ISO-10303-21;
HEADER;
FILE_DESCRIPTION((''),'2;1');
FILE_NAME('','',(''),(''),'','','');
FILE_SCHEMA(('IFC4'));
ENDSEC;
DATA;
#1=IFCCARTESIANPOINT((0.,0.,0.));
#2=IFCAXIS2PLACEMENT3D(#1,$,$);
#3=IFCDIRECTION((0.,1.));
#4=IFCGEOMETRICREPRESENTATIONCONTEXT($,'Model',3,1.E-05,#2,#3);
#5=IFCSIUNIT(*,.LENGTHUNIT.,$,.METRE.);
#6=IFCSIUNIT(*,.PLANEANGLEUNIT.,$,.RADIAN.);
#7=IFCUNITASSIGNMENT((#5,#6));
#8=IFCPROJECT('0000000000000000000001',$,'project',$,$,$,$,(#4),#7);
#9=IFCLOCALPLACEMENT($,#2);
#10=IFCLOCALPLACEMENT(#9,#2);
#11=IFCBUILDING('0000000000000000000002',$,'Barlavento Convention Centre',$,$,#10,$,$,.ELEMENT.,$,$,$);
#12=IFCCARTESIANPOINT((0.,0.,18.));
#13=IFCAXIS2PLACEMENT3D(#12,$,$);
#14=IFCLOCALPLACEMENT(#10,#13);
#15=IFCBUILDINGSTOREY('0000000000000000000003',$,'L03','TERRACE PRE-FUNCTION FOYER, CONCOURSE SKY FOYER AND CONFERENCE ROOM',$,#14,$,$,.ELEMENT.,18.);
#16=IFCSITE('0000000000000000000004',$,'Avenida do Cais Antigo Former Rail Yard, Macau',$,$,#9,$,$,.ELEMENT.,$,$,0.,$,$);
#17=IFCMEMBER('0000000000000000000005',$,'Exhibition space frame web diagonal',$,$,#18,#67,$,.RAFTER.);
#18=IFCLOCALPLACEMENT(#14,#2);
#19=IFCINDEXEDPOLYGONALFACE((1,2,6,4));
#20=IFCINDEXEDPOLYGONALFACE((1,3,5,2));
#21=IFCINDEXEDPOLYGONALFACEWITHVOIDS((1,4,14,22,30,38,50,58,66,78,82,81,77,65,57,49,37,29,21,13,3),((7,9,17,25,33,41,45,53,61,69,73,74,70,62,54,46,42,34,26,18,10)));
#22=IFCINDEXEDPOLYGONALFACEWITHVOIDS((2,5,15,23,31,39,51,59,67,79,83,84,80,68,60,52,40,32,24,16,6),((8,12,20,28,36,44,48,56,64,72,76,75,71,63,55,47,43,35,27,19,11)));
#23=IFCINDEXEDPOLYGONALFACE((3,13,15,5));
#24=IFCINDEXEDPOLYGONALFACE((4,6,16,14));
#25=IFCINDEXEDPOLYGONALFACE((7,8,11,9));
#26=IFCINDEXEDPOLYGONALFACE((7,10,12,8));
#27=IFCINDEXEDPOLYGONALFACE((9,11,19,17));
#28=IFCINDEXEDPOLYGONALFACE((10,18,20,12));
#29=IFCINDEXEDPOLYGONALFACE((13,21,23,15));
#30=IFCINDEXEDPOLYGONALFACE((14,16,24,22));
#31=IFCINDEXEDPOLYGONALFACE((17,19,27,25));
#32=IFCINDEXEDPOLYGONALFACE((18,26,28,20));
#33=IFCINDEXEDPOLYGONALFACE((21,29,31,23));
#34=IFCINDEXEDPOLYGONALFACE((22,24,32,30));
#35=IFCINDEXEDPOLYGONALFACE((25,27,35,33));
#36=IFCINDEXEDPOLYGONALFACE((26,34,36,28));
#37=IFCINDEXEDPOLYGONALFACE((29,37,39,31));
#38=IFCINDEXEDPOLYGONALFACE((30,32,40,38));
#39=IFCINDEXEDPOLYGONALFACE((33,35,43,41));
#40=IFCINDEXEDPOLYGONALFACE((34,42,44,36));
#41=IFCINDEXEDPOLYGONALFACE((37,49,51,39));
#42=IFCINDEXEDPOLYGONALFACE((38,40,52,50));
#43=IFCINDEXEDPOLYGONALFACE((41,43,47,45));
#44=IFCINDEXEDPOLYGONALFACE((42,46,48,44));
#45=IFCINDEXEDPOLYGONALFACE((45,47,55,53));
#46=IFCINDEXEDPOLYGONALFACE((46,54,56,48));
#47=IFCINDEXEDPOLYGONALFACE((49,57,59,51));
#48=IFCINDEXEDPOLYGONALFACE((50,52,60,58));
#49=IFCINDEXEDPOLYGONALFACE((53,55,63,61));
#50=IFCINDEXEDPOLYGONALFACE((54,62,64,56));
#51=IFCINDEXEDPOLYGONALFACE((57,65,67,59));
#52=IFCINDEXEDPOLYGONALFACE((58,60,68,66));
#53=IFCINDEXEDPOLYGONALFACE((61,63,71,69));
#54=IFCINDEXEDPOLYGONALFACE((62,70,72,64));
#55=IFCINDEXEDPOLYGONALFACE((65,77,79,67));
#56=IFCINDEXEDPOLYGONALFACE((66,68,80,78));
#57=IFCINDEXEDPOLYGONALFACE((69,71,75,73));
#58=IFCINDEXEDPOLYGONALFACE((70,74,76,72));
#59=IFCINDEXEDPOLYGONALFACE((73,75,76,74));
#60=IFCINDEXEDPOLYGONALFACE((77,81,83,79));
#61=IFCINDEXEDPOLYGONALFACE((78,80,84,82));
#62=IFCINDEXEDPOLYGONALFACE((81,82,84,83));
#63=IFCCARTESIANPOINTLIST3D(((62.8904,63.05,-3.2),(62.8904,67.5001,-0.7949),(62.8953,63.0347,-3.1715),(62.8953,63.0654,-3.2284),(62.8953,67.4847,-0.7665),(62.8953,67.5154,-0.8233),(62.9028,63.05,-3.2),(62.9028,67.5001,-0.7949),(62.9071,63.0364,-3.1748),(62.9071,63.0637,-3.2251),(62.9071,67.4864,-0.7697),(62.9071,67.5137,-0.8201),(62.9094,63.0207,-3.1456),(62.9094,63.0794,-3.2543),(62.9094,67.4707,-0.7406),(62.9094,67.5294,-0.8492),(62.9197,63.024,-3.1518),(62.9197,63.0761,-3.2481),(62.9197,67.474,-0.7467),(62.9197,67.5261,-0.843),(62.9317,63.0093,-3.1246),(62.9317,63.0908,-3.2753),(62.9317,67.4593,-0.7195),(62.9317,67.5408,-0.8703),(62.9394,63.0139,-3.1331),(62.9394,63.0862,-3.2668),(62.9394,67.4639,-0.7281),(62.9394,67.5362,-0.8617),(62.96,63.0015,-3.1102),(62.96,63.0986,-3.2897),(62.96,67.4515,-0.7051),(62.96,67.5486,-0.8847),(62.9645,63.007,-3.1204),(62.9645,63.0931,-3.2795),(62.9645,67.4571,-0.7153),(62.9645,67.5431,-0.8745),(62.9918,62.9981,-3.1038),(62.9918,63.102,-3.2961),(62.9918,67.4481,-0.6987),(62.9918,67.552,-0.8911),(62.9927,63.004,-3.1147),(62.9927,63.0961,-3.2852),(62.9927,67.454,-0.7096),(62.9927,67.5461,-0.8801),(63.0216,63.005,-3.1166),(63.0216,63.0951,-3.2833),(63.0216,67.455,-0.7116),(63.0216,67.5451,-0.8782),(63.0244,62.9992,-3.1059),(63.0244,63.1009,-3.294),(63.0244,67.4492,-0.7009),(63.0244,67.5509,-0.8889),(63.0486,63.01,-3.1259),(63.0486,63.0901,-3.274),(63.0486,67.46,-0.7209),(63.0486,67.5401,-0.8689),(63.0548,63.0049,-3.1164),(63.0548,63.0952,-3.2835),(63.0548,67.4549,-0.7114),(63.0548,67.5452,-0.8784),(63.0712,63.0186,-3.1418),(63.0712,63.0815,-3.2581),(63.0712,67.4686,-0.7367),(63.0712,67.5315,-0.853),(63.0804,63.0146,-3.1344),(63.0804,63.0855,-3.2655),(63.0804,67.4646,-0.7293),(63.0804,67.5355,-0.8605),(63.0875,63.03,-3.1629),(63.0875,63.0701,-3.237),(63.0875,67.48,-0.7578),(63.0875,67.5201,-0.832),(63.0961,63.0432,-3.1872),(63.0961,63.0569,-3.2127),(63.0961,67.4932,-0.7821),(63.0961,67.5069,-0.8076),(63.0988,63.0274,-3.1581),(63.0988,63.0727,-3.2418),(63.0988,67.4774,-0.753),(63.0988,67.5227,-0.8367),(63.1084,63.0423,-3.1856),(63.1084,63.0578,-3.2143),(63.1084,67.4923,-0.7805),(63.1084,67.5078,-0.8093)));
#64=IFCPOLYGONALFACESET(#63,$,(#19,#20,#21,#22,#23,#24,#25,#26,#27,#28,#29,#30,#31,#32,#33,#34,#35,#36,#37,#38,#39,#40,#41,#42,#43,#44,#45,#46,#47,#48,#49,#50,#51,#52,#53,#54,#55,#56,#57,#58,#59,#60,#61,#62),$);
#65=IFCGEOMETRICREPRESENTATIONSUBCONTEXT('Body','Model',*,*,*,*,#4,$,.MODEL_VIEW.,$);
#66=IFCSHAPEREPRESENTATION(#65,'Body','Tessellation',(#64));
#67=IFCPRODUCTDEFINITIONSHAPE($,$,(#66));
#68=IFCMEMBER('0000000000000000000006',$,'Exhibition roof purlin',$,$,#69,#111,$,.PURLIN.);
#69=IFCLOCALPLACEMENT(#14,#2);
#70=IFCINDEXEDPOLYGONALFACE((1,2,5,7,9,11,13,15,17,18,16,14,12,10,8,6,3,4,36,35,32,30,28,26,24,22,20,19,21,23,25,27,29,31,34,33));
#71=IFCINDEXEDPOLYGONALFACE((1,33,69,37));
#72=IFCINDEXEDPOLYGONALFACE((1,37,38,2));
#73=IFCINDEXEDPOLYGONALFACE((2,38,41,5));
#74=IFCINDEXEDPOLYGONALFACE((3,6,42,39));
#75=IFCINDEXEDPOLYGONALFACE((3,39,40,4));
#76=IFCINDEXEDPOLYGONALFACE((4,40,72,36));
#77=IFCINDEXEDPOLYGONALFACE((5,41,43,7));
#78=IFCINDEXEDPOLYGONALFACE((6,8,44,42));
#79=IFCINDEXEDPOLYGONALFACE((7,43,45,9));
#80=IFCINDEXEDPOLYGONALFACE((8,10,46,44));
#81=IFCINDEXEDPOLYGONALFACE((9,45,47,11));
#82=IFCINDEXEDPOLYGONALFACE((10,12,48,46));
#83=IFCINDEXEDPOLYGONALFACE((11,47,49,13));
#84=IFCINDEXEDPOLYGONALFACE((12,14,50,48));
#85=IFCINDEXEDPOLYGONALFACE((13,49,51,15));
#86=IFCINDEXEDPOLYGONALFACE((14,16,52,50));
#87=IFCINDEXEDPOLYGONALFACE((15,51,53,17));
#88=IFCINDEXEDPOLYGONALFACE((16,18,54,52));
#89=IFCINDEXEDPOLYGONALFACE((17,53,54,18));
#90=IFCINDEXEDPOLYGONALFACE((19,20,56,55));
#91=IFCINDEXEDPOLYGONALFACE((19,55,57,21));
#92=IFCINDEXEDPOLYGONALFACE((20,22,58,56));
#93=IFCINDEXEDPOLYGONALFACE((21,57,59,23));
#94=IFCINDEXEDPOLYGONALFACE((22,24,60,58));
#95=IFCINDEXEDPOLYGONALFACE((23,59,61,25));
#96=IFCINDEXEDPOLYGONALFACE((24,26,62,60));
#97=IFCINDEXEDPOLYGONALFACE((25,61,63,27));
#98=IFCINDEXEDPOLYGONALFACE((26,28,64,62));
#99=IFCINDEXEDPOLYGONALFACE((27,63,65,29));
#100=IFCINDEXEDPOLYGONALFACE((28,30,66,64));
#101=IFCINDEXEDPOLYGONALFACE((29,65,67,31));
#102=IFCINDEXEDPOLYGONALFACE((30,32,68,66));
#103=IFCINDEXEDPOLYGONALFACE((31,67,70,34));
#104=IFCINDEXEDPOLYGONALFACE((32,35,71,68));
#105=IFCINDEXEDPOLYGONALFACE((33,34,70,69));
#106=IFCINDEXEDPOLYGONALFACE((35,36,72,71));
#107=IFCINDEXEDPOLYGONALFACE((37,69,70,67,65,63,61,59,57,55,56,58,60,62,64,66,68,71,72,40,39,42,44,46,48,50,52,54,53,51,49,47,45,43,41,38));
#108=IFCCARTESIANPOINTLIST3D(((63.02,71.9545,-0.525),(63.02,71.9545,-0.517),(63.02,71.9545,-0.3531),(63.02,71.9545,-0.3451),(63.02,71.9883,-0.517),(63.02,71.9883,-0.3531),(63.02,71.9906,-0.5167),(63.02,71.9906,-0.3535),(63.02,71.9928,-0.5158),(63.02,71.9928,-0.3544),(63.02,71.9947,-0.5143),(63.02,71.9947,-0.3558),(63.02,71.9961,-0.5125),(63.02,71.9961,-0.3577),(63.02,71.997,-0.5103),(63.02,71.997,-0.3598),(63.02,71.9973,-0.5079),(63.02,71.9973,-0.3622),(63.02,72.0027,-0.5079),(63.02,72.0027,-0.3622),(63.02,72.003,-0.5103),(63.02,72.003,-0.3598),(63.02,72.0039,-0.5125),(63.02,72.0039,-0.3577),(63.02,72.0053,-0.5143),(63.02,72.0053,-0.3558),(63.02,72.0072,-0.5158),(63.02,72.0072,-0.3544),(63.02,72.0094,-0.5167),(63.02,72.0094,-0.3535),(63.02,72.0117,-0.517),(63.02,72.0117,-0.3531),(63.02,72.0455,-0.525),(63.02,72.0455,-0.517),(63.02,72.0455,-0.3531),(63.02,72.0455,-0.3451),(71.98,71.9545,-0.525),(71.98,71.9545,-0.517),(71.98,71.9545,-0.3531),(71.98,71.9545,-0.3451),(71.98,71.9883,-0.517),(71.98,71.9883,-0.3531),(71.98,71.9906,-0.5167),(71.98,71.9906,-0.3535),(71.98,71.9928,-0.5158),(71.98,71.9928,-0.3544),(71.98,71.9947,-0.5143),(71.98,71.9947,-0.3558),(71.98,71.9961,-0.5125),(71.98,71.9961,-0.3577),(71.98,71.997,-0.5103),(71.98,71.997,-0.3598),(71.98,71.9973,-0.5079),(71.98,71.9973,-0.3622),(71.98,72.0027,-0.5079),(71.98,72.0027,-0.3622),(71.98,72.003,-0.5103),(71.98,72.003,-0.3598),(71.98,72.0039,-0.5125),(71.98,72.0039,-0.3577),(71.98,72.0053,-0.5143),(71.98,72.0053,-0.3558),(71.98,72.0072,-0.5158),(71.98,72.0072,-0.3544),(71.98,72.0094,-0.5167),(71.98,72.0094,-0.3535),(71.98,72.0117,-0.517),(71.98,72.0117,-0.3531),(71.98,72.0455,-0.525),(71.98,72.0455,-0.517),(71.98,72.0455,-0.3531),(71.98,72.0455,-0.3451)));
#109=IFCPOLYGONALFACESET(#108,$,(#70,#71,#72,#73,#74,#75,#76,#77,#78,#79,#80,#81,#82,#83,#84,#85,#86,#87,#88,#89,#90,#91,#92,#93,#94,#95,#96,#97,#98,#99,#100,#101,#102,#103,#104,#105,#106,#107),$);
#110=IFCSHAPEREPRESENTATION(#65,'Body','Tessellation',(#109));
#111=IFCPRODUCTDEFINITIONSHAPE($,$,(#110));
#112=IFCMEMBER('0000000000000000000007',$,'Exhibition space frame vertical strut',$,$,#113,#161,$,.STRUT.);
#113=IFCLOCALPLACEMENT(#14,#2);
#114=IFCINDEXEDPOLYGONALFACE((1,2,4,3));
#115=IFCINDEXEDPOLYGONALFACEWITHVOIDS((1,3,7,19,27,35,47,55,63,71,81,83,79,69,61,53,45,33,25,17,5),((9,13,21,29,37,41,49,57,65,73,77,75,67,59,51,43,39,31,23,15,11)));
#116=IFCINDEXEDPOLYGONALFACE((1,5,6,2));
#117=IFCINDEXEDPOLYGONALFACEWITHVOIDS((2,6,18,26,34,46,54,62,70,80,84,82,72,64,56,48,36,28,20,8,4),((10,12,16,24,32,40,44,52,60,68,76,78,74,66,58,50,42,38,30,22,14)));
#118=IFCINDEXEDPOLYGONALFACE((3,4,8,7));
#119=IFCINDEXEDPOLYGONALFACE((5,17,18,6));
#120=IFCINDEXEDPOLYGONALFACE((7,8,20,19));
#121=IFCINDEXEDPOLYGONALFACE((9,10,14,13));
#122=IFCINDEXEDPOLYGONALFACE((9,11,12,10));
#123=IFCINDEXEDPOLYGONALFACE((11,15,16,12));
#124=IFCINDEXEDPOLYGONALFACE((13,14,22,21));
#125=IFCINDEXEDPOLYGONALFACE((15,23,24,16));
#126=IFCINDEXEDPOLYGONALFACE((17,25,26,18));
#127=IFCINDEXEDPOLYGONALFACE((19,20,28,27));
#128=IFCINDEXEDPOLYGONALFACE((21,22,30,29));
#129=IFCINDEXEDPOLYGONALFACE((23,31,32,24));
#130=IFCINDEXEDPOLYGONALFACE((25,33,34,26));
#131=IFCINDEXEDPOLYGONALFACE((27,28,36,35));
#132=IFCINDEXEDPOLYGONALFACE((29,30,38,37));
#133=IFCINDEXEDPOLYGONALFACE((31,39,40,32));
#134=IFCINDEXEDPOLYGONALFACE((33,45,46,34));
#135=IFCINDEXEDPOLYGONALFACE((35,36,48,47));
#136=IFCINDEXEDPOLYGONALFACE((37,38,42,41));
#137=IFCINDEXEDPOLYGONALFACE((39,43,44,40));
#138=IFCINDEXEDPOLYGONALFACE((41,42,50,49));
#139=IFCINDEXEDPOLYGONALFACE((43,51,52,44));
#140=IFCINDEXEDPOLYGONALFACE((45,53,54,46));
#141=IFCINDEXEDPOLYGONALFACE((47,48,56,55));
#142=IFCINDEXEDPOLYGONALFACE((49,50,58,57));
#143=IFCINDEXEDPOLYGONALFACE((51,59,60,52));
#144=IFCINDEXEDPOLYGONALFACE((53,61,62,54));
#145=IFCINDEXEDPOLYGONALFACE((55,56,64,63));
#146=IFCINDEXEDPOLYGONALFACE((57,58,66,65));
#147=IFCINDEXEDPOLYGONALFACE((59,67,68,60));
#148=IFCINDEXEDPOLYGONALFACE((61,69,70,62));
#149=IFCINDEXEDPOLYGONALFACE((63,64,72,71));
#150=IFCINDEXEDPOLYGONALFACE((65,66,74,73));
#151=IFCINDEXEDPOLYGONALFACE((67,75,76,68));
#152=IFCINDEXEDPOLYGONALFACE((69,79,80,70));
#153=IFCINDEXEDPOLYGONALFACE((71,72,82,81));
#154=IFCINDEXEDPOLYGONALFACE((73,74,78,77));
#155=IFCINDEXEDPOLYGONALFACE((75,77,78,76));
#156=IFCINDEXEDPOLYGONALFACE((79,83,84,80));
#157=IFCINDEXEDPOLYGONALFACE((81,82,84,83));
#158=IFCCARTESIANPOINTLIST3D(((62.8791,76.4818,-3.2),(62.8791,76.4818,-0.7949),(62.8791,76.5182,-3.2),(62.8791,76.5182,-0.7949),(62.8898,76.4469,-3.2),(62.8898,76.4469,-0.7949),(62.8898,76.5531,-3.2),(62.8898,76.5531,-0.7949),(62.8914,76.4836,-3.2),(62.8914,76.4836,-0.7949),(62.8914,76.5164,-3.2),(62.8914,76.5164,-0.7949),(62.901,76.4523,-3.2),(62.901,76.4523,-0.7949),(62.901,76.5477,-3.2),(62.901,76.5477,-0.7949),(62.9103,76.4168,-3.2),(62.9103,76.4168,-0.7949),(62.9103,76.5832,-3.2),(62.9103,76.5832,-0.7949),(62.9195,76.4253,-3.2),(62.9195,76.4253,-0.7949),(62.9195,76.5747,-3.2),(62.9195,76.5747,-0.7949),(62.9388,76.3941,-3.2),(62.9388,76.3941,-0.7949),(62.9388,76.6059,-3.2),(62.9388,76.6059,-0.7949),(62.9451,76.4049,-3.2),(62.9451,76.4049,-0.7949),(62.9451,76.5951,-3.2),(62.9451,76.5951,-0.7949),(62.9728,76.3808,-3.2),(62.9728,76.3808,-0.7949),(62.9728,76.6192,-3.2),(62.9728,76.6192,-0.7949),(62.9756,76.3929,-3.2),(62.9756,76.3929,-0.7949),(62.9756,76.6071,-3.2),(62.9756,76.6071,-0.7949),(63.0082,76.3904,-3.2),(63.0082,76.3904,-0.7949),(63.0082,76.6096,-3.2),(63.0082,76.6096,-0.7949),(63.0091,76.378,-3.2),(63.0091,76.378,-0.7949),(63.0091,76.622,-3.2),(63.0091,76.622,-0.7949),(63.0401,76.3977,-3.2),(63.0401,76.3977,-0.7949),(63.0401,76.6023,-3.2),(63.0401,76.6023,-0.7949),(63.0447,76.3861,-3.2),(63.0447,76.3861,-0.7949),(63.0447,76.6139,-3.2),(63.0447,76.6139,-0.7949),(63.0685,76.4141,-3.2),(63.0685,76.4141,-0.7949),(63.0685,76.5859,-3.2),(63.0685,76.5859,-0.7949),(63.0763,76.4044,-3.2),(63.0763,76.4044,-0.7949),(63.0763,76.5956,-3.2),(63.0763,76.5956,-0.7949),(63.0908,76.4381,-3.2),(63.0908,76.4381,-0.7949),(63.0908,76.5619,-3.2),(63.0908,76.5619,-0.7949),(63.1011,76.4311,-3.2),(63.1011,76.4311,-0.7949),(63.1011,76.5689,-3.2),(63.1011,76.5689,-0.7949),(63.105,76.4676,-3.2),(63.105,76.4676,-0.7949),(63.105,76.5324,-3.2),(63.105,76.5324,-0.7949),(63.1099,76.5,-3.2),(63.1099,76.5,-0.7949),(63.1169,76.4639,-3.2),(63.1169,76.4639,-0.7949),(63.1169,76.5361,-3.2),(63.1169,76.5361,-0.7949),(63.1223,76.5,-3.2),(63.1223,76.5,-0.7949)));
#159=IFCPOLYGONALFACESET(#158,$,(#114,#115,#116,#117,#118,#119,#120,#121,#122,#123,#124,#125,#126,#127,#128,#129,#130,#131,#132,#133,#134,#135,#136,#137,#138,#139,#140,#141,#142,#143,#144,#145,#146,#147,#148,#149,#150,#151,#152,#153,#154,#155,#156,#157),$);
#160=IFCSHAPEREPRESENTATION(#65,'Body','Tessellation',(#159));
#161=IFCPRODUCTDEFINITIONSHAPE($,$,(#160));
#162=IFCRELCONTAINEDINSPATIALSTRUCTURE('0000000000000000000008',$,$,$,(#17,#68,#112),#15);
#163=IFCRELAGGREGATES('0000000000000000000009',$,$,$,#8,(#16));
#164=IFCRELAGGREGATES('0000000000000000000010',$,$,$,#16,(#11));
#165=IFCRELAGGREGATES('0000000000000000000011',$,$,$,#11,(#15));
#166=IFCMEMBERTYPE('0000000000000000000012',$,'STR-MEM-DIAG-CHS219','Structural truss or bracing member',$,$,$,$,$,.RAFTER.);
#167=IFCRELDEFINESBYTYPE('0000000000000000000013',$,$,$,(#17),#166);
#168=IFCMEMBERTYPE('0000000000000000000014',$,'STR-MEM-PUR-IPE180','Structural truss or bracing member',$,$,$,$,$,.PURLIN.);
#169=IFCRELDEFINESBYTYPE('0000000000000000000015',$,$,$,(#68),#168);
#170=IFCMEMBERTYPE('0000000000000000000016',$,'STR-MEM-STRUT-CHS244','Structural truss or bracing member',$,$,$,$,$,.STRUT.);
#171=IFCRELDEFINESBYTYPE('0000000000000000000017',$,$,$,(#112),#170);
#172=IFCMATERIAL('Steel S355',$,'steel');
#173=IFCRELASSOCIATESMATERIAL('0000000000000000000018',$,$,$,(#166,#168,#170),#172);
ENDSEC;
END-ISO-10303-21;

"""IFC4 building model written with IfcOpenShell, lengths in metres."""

from ifc_helpers import new_model, si_unit, direction, frame, origin, origin_2d, place, context, subcontext, project, spatial, hollow_circle, i_section, extrude, material, material_profile, profile_set, type_object, element, save


model = new_model("IFC4")

# Units and contexts
model_context = context("Model", 3, precision=1e-05, world=origin(), true_north=direction((0.0, 1.0)))
body_context = subcontext(model_context, "Body", "Model", "MODEL_VIEW")
ifc_project = project(units=[si_unit("LENGTHUNIT", "METRE"), si_unit("PLANEANGLEUNIT", "RADIAN")], contexts=[model_context])

# Site, building, storey
site_placement = place(None, origin())
site = spatial("IfcSite", under=ifc_project, at=site_placement, Name="Avenida do Cais Antigo Former Rail Yard, Macau", CompositionType="ELEMENT", RefElevation=0.0)
building_placement = place(site_placement, origin())
building = spatial("IfcBuilding", under=site, at=building_placement, Name="Barlavento Convention Centre", CompositionType="ELEMENT")
storey_placement = place(building_placement, frame((0.0, 0.0, 18.0)))
storey = spatial("IfcBuildingStorey", under=building, at=storey_placement, Name="L03", Description="TERRACE PRE-FUNCTION FOYER, CONCOURSE SKY FOYER AND CONFERENCE ROOM", CompositionType="ELEMENT", Elevation=18.0)

# Shared definitions
ifc_material_1 = material(Name="Steel S355", Category="steel")

# Members
ifc_material_profile_1 = material_profile(ifc_material_1, hollow_circle(Radius=0.1096, WallThickness=0.0125, at=origin_2d()), Name="CHS 219.1x12.5")
ifc_profile_set_1 = profile_set([ifc_material_profile_1], Name="Steel S355")
member_type_1 = type_object("IfcMemberType", Name="STR-MEM-DIAG-CHS219", Description="Structural truss or bracing member", PredefinedType="RAFTER", material=ifc_profile_set_1)
member_1_placement = place(storey_placement, frame((63.0, 63.05, -3.2), z_axis=(0.0, 0.879735, 0.475464), x_axis=(-1.0, 0.0, 0.0)))
element("IfcMember", 1, at=member_1_placement, inside=storey, type_object=member_type_1, Name="Exhibition space frame web diagonal", PredefinedType="RAFTER", context=body_context, shape_type="SweptSolid", body=[
    extrude(hollow_circle(Radius=0.1096, WallThickness=0.0125, at=origin_2d()), origin(), (0.0, 0.0, 1.0), 5.0583),
])
ifc_material_profile_2 = material_profile(ifc_material_1, i_section(OverallWidth=0.0911, OverallDepth=0.1799, WebThickness=0.0054, FlangeThickness=0.0081, FilletRadius=0.009, at=origin_2d()), Name="IPE 180")
ifc_profile_set_2 = profile_set([ifc_material_profile_2], Name="Steel S355")
member_type_2 = type_object("IfcMemberType", Name="STR-MEM-PUR-IPE180", Description="Structural truss or bracing member", PredefinedType="PURLIN", material=ifc_profile_set_2)
member_2_placement = place(storey_placement, frame((63.02, 72.0, -0.4351), z_axis=(1.0, 0.0, 0.0), x_axis=(0.0, 1.0, 0.0)))
element("IfcMember", 2, at=member_2_placement, inside=storey, type_object=member_type_2, Name="Exhibition roof purlin", PredefinedType="PURLIN", context=body_context, shape_type="SweptSolid", body=[
    extrude(i_section(OverallWidth=0.0911, OverallDepth=0.1799, WebThickness=0.0054, FlangeThickness=0.0081, FilletRadius=0.009, at=origin_2d()), origin(), (0.0, 0.0, 1.0), 8.96),
])
ifc_material_profile_3 = material_profile(ifc_material_1, hollow_circle(Radius=0.1223, WallThickness=0.0125, at=origin_2d()), Name="CHS 244.5x12.5")
ifc_profile_set_3 = profile_set([ifc_material_profile_3], Name="Steel S355")
member_type_3 = type_object("IfcMemberType", Name="STR-MEM-STRUT-CHS244", Description="Structural truss or bracing member", PredefinedType="STRUT", material=ifc_profile_set_3)
member_3_placement = place(storey_placement, frame((63.0, 76.5, -3.2), z_axis=(0.0, 0.0, 1.0), x_axis=(1.0, 0.0, 0.0)))
element("IfcMember", 3, at=member_3_placement, inside=storey, type_object=member_type_3, Name="Exhibition space frame vertical strut", PredefinedType="STRUT", context=body_context, shape_type="SweptSolid", body=[
    extrude(hollow_circle(Radius=0.1223, WallThickness=0.0125, at=origin_2d()), origin(), (0.0, 0.0, 1.0), 2.405),
])

save(model, "model.ifc")
